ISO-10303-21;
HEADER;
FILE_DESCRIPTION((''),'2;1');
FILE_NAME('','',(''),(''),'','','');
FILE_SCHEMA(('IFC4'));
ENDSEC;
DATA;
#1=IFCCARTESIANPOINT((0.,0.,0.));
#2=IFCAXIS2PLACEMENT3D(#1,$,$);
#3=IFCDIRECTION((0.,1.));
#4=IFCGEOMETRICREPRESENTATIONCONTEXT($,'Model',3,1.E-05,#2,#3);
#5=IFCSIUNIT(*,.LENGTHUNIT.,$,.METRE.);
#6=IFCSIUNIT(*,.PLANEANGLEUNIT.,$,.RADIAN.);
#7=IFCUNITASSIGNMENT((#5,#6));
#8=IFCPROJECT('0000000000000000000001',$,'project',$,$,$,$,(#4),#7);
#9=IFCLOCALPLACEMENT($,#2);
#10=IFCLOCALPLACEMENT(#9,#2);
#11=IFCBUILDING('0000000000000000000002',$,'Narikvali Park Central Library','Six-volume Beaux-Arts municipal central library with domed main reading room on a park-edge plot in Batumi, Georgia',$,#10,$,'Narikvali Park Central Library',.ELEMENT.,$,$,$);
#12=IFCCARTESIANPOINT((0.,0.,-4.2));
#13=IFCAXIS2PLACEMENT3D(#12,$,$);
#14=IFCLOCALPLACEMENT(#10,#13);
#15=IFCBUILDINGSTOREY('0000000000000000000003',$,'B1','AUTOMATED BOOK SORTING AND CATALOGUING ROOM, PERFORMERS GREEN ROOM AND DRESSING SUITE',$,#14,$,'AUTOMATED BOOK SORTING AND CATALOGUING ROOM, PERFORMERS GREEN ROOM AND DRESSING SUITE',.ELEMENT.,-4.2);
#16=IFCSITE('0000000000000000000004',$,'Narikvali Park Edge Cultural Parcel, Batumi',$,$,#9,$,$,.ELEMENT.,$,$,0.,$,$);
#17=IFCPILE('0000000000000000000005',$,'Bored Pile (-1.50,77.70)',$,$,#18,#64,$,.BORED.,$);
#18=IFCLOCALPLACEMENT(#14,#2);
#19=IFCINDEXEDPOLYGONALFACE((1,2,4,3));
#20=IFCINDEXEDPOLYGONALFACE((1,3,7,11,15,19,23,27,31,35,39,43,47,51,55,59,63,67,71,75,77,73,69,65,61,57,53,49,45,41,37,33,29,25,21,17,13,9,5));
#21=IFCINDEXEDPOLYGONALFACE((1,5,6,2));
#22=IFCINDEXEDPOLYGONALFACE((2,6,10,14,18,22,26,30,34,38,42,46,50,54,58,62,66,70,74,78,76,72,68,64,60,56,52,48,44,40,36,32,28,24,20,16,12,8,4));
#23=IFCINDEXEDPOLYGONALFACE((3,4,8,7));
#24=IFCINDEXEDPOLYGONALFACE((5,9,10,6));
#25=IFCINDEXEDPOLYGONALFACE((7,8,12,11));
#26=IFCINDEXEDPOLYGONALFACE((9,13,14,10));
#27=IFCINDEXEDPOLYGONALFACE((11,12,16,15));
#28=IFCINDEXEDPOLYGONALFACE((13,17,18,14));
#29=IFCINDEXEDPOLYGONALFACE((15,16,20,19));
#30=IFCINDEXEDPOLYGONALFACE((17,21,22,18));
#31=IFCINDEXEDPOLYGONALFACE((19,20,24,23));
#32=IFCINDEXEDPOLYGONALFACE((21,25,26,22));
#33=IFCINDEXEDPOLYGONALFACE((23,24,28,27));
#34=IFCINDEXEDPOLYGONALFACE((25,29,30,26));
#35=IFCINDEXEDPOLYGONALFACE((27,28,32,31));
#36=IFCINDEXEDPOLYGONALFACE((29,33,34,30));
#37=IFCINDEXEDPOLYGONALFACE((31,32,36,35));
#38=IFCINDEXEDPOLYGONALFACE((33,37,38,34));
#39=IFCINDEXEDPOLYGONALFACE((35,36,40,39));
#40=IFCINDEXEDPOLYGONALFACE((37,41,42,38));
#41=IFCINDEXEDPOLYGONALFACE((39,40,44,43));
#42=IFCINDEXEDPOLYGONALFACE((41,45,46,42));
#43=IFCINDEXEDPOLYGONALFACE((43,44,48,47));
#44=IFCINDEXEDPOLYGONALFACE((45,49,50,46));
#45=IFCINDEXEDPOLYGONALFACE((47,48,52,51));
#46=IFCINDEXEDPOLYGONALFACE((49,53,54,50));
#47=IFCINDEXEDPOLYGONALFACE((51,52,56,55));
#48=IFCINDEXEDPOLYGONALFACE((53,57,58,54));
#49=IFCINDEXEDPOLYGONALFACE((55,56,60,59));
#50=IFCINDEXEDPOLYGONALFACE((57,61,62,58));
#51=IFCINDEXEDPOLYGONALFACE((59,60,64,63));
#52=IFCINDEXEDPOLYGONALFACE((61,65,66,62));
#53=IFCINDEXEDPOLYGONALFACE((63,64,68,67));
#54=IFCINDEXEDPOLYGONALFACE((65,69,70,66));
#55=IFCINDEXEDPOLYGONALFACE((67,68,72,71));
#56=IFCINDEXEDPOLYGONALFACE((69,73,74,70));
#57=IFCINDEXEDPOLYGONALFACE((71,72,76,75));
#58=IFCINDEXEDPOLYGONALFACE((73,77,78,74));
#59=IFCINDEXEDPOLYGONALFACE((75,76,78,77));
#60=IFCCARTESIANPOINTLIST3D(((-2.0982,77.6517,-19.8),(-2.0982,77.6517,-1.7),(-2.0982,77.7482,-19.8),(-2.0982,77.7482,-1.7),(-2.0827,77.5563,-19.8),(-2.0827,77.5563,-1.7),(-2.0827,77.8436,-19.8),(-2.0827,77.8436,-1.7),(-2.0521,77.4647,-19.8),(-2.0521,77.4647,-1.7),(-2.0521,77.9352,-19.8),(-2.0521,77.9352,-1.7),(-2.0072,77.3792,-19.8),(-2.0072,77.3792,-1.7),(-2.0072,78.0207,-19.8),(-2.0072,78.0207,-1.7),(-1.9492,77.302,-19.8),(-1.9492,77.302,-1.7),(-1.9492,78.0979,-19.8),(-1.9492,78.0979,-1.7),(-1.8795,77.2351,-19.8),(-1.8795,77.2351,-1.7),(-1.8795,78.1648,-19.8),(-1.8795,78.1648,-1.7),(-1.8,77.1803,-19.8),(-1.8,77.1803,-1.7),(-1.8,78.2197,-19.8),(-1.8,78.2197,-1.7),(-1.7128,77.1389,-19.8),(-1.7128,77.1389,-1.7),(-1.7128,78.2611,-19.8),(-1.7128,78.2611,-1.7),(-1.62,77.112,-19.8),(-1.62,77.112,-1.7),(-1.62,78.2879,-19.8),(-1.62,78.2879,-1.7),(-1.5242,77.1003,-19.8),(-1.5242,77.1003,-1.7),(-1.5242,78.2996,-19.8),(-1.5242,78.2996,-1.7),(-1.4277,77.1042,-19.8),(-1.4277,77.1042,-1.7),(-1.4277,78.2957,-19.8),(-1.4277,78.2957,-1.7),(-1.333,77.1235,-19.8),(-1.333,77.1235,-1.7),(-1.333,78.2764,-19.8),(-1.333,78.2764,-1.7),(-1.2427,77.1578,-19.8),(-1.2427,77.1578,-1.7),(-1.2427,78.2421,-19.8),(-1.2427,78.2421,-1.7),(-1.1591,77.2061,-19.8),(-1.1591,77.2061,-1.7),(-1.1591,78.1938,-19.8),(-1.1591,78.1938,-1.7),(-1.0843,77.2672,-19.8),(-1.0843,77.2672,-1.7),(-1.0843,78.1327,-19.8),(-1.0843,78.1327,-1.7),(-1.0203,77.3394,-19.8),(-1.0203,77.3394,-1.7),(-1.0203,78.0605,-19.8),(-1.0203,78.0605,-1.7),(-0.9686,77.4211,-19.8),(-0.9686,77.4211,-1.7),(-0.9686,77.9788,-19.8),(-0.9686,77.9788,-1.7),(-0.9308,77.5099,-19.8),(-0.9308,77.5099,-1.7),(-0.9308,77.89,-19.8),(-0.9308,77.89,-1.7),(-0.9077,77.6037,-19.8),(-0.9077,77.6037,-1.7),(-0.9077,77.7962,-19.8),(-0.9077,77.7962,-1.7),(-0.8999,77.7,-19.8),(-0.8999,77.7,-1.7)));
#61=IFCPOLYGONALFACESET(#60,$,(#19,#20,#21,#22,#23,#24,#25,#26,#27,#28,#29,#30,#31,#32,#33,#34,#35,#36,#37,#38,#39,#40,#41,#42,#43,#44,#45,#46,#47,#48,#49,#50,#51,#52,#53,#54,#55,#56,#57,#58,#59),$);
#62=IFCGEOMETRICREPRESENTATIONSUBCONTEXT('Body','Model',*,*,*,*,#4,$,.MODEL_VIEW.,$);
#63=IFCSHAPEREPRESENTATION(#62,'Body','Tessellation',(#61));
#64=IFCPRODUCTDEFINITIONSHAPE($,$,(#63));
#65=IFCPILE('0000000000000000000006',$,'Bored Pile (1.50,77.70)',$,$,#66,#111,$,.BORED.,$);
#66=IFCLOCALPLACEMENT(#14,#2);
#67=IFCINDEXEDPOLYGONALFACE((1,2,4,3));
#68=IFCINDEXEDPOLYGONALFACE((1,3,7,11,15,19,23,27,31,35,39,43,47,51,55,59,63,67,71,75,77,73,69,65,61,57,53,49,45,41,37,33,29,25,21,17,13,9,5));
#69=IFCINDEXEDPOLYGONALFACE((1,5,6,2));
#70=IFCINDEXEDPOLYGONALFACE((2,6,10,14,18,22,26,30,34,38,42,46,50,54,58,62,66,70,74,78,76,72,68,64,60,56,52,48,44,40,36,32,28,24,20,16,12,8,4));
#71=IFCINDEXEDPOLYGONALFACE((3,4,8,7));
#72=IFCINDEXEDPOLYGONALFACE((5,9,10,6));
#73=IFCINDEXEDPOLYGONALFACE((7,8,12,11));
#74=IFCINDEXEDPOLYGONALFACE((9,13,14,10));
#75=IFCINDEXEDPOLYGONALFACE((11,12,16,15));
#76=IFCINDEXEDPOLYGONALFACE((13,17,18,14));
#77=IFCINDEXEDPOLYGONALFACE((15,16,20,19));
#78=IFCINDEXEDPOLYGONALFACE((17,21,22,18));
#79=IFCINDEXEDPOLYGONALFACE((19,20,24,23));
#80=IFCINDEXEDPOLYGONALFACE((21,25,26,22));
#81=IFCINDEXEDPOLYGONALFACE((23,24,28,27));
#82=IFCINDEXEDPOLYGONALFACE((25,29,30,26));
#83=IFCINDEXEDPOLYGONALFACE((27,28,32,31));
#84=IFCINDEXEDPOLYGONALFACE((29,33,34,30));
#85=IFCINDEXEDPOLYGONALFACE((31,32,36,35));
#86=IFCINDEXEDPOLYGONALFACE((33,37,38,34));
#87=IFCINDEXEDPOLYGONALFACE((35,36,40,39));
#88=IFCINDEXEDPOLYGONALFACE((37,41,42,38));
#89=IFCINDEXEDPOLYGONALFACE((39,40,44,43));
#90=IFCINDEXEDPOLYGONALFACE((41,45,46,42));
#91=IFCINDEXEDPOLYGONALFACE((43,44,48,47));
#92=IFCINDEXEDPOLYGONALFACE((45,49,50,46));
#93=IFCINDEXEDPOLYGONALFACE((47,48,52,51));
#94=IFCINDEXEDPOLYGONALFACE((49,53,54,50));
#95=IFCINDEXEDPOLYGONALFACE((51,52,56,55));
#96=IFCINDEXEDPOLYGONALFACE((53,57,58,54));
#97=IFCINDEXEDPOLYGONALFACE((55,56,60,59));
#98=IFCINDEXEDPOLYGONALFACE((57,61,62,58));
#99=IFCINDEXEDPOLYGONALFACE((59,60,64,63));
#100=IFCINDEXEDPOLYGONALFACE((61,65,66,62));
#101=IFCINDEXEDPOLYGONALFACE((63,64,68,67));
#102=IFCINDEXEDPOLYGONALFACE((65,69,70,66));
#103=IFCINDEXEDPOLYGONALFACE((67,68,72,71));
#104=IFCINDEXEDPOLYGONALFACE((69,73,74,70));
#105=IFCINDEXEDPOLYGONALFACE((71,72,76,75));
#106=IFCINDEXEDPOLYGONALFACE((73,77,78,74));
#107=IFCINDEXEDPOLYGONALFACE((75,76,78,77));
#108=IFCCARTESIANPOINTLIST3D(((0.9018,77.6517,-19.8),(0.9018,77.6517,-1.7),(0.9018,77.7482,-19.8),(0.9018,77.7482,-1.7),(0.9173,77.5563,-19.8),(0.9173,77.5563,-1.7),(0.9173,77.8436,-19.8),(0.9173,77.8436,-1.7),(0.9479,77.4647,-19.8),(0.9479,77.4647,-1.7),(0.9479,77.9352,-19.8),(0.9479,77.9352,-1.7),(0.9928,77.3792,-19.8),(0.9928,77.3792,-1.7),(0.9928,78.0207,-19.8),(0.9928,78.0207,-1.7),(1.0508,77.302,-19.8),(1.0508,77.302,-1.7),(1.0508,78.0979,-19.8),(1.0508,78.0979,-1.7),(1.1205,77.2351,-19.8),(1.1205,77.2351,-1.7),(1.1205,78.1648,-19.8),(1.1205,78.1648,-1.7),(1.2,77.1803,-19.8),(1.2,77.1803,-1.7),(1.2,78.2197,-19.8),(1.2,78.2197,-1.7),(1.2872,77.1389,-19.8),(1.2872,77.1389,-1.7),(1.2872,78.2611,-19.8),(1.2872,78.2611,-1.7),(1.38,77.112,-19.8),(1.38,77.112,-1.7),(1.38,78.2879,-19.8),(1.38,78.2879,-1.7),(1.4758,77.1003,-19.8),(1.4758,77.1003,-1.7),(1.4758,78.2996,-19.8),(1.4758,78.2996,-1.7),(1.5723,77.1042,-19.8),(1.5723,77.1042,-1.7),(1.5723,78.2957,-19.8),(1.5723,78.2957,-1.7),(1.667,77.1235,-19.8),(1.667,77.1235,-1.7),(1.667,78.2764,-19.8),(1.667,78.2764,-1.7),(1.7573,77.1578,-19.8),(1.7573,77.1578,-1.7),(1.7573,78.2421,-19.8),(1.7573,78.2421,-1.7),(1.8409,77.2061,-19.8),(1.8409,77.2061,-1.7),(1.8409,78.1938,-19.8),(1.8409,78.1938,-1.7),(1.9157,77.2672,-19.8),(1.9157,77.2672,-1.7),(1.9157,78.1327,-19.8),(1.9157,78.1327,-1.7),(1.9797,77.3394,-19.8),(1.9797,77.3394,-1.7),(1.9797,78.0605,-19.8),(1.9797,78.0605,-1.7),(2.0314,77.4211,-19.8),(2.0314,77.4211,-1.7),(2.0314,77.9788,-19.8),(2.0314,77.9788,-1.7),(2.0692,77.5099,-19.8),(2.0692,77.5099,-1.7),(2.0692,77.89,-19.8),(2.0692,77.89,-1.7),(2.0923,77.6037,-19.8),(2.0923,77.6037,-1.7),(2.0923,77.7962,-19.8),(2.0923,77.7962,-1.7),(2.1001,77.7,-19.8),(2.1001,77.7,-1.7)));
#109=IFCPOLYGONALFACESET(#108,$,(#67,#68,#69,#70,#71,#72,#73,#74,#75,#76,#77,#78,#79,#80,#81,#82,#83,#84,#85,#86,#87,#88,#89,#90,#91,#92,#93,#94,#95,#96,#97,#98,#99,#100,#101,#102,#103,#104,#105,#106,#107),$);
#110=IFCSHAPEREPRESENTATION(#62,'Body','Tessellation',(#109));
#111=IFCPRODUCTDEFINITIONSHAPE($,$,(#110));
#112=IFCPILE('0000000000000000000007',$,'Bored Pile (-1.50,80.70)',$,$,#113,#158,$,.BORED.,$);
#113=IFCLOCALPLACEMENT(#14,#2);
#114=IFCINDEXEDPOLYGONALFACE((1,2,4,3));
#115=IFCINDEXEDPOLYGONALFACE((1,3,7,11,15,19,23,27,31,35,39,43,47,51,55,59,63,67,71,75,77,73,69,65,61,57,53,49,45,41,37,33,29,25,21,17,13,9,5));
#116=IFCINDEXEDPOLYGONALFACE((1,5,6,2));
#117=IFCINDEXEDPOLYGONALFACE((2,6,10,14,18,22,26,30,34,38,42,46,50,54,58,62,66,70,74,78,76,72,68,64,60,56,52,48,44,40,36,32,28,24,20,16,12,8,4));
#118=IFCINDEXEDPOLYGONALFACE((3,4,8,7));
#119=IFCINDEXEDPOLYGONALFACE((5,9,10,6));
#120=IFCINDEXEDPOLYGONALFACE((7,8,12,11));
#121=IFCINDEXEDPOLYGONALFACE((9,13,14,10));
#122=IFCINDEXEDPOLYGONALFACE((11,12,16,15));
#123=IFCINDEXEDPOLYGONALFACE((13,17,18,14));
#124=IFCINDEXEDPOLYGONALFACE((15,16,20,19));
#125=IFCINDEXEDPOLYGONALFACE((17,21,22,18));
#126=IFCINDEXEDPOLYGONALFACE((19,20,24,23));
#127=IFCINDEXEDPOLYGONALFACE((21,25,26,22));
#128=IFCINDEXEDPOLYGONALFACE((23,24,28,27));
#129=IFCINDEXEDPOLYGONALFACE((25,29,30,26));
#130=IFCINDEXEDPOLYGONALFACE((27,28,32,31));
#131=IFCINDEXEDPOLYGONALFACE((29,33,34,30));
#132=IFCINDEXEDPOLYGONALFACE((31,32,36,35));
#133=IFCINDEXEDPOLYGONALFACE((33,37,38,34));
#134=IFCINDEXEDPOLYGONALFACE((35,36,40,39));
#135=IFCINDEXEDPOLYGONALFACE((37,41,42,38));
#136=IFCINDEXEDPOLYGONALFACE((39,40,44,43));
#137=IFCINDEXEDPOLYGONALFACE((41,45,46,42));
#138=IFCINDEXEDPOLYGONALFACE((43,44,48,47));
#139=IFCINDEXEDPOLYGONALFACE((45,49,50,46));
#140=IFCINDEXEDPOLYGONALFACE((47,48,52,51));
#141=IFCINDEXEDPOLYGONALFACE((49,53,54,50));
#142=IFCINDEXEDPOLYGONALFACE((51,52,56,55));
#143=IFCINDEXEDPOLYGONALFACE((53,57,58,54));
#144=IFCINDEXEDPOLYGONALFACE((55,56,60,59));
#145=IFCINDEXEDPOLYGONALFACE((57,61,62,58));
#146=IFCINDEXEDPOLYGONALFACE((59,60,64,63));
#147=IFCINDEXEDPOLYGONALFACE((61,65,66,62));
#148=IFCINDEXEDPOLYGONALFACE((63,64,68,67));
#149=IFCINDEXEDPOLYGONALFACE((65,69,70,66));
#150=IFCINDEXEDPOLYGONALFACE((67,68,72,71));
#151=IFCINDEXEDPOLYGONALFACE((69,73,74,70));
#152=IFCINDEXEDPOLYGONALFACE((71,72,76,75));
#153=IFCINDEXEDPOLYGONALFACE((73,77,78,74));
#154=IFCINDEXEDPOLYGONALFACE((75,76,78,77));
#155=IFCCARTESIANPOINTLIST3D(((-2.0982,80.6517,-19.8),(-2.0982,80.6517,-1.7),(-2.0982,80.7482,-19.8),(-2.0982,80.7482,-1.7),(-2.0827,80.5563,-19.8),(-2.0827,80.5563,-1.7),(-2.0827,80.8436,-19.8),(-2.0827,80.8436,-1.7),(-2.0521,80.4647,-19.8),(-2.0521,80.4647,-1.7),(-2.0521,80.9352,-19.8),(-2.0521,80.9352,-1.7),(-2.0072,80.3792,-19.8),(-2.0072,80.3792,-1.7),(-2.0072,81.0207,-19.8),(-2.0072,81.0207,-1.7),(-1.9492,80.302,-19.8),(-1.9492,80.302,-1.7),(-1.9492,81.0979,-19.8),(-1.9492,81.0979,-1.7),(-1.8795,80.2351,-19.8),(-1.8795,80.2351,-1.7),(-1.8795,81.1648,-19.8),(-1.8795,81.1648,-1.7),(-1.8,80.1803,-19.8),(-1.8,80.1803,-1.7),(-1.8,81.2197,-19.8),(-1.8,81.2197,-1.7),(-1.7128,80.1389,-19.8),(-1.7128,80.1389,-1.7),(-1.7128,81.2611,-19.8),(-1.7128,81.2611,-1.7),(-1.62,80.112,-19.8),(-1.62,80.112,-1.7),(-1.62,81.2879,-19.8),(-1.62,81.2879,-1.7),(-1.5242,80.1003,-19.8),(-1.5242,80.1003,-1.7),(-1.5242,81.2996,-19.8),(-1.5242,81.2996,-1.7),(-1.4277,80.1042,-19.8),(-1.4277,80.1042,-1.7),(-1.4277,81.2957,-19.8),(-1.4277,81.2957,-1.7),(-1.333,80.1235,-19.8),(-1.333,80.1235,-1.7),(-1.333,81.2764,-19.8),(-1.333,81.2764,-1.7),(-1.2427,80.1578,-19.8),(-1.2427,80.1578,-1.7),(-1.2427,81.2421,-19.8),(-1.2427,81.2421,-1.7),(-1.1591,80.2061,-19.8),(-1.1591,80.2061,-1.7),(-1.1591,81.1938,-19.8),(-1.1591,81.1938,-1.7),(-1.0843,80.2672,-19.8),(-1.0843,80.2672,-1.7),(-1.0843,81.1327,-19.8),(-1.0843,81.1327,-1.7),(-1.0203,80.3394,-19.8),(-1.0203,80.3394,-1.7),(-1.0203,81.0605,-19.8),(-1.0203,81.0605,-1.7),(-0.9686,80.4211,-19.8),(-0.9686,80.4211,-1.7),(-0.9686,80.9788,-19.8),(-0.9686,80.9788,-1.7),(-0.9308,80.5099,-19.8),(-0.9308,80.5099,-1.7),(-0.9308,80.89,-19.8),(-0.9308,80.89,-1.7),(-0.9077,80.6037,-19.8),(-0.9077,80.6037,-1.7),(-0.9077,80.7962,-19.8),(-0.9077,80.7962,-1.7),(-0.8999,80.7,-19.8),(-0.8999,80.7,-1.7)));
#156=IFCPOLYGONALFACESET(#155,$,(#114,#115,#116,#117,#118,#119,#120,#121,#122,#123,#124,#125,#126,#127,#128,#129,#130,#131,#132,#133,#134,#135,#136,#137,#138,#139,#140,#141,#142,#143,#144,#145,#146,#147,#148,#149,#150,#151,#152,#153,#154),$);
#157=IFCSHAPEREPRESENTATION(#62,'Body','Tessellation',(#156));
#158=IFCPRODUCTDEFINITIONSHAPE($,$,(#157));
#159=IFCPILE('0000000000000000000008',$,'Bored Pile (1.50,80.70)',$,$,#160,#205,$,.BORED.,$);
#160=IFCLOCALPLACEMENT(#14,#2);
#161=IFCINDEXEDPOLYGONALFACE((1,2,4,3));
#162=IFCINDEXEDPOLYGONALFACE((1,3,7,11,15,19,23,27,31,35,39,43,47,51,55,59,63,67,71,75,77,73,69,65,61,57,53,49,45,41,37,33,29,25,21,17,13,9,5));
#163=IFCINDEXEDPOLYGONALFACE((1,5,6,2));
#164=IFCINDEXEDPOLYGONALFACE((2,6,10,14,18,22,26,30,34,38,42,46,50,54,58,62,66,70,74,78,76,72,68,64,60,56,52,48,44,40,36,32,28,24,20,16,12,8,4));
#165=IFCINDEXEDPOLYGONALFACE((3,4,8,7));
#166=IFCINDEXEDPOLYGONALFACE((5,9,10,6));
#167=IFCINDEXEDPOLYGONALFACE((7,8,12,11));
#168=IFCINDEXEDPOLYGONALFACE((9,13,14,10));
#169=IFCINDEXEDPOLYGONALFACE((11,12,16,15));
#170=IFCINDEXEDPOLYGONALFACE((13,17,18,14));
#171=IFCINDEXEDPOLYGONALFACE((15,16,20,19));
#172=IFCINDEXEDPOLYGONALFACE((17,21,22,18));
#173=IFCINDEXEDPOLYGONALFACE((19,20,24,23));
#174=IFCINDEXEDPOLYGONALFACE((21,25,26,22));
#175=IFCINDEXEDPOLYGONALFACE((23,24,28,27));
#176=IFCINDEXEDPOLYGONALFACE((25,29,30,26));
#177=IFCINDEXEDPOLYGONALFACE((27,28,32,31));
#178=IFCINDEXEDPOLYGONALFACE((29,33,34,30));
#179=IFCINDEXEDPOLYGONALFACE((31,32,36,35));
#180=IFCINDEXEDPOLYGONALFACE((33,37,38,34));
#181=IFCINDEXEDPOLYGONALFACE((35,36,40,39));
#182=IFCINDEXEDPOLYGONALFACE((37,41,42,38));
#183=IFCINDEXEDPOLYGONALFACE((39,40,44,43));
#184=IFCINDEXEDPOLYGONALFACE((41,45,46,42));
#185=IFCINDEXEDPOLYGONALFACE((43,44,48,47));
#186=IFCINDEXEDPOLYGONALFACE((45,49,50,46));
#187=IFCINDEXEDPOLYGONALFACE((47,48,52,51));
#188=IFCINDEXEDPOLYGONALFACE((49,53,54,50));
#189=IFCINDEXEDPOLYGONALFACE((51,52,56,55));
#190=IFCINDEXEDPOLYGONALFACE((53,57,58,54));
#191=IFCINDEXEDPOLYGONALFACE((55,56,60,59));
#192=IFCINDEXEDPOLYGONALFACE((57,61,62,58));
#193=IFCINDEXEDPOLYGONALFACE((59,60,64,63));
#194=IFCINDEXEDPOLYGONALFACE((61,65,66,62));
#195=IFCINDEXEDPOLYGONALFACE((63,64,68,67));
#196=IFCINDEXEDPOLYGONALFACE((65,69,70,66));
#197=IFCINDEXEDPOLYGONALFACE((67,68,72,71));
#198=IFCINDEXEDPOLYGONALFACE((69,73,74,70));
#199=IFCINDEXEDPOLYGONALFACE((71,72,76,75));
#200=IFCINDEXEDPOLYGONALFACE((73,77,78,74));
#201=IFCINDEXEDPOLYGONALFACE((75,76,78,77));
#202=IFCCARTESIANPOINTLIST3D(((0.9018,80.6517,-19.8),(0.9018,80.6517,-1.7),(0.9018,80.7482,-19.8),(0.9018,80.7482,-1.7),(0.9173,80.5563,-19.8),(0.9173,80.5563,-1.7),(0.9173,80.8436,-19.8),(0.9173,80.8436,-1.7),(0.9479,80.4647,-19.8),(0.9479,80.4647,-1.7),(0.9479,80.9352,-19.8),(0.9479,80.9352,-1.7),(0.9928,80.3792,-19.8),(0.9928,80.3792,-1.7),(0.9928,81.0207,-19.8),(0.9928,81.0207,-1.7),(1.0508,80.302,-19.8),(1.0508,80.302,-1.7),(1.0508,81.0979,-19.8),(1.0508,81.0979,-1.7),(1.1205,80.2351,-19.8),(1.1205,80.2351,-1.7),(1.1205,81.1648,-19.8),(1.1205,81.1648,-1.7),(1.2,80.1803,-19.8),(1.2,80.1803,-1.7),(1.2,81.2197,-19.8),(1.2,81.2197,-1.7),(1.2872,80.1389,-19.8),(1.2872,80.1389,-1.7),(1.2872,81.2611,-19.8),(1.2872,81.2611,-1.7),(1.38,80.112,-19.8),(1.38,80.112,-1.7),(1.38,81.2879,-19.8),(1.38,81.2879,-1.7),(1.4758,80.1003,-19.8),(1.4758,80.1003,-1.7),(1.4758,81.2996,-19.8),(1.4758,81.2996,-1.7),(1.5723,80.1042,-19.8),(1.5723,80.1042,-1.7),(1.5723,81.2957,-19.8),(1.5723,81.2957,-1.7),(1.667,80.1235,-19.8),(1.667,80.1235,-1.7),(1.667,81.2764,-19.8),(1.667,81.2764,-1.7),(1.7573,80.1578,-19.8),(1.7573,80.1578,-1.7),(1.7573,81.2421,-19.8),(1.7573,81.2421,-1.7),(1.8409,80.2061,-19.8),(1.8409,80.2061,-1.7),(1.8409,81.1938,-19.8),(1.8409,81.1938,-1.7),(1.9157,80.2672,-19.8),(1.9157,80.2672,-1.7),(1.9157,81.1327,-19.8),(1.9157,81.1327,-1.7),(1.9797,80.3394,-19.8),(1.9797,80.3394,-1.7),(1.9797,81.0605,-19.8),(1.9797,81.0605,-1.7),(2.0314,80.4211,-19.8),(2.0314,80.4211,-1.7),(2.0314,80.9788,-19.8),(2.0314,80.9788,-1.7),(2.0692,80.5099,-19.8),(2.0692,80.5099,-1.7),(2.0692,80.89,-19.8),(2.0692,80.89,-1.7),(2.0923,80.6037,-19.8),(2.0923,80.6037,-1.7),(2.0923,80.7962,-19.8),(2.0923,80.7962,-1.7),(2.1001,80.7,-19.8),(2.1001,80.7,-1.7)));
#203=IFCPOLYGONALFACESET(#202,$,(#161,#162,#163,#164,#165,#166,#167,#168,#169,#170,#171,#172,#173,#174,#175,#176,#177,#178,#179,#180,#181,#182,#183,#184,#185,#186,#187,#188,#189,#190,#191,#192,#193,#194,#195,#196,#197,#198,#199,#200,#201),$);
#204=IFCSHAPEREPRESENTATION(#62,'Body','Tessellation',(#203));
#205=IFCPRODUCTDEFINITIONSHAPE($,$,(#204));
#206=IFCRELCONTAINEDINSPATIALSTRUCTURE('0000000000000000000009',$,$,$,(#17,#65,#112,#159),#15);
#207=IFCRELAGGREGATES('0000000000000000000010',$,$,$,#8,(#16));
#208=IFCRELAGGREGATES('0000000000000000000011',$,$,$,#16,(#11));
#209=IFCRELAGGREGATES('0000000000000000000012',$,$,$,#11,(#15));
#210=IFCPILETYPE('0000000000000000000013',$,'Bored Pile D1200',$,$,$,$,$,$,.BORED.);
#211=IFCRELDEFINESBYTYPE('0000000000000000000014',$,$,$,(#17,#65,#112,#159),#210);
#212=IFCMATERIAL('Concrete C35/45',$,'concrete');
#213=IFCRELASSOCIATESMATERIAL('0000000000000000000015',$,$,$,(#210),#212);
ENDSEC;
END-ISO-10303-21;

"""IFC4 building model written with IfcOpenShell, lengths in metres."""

from ifc_helpers import new_model, si_unit, direction, frame, origin, origin_2d, place, context, subcontext, project, spatial, circle, extrude, material, material_profile, profile_set, type_object, element, save


model = new_model("IFC4")

# Units and contexts
model_context = context("Model", 3, precision=1e-05, world=origin(), true_north=direction((0.0, 1.0)))
body_context = subcontext(model_context, "Body", "Model", "MODEL_VIEW")
ifc_project = project(units=[si_unit("LENGTHUNIT", "METRE"), si_unit("PLANEANGLEUNIT", "RADIAN")], contexts=[model_context])

# Site, building, storey
site_placement = place(None, origin())
site = spatial("IfcSite", under=ifc_project, at=site_placement, Name="Narikvali Park Edge Cultural Parcel, Batumi", CompositionType="ELEMENT", RefElevation=0.0)
building_placement = place(site_placement, origin())
building = spatial("IfcBuilding", under=site, at=building_placement, Name="Narikvali Park Central Library", Description="Six-volume Beaux-Arts municipal central library with domed main reading room on a park-edge plot in Batumi, Georgia", LongName="Narikvali Park Central Library", CompositionType="ELEMENT")
storey_placement = place(building_placement, frame((0.0, 0.0, -4.2)))
storey = spatial("IfcBuildingStorey", under=building, at=storey_placement, Name="B1", Description="AUTOMATED BOOK SORTING AND CATALOGUING ROOM, PERFORMERS GREEN ROOM AND DRESSING SUITE", LongName="AUTOMATED BOOK SORTING AND CATALOGUING ROOM, PERFORMERS GREEN ROOM AND DRESSING SUITE", CompositionType="ELEMENT", Elevation=-4.2)

# Piles
ifc_material_1 = material(Name="Concrete C35/45", Category="concrete")
ifc_material_profile_1 = material_profile(ifc_material_1, circle(Radius=0.6001, at=origin_2d()), Name="PILE D1200")
ifc_profile_set_1 = profile_set([ifc_material_profile_1], Name="Concrete C35/45")
pile_type = type_object("IfcPileType", Name="Bored Pile D1200", PredefinedType="BORED", material=ifc_profile_set_1)
for number, where, z_axis, x_axis, name in (
    (1, (-1.5, 77.7, -1.7), (0.0, 0.0, -1.0), (1.0, 0.0, 0.0), "Bored Pile (-1.50,77.70)"),
    (2, (1.5, 77.7, -1.7), (0.0, 0.0, -1.0), (1.0, 0.0, 0.0), "Bored Pile (1.50,77.70)"),
    (3, (-1.5, 80.7, -1.7), (0.0, 0.0, -1.0), (1.0, 0.0, 0.0), "Bored Pile (-1.50,80.70)"),
    (4, (1.5, 80.7, -1.7), (0.0, 0.0, -1.0), (1.0, 0.0, 0.0), "Bored Pile (1.50,80.70)"),
):
    element("IfcPile", number, at=place(storey_placement, frame(where, z_axis=z_axis, x_axis=x_axis)), inside=storey, type_object=pile_type, Name=name, PredefinedType="BORED", context=body_context, shape_type="SweptSolid", body=[
        extrude(circle(Radius=0.6001, at=origin_2d()), origin(), (0.0, 0.0, 1.0), 18.1001),
    ])

save(model, "model.ifc")
